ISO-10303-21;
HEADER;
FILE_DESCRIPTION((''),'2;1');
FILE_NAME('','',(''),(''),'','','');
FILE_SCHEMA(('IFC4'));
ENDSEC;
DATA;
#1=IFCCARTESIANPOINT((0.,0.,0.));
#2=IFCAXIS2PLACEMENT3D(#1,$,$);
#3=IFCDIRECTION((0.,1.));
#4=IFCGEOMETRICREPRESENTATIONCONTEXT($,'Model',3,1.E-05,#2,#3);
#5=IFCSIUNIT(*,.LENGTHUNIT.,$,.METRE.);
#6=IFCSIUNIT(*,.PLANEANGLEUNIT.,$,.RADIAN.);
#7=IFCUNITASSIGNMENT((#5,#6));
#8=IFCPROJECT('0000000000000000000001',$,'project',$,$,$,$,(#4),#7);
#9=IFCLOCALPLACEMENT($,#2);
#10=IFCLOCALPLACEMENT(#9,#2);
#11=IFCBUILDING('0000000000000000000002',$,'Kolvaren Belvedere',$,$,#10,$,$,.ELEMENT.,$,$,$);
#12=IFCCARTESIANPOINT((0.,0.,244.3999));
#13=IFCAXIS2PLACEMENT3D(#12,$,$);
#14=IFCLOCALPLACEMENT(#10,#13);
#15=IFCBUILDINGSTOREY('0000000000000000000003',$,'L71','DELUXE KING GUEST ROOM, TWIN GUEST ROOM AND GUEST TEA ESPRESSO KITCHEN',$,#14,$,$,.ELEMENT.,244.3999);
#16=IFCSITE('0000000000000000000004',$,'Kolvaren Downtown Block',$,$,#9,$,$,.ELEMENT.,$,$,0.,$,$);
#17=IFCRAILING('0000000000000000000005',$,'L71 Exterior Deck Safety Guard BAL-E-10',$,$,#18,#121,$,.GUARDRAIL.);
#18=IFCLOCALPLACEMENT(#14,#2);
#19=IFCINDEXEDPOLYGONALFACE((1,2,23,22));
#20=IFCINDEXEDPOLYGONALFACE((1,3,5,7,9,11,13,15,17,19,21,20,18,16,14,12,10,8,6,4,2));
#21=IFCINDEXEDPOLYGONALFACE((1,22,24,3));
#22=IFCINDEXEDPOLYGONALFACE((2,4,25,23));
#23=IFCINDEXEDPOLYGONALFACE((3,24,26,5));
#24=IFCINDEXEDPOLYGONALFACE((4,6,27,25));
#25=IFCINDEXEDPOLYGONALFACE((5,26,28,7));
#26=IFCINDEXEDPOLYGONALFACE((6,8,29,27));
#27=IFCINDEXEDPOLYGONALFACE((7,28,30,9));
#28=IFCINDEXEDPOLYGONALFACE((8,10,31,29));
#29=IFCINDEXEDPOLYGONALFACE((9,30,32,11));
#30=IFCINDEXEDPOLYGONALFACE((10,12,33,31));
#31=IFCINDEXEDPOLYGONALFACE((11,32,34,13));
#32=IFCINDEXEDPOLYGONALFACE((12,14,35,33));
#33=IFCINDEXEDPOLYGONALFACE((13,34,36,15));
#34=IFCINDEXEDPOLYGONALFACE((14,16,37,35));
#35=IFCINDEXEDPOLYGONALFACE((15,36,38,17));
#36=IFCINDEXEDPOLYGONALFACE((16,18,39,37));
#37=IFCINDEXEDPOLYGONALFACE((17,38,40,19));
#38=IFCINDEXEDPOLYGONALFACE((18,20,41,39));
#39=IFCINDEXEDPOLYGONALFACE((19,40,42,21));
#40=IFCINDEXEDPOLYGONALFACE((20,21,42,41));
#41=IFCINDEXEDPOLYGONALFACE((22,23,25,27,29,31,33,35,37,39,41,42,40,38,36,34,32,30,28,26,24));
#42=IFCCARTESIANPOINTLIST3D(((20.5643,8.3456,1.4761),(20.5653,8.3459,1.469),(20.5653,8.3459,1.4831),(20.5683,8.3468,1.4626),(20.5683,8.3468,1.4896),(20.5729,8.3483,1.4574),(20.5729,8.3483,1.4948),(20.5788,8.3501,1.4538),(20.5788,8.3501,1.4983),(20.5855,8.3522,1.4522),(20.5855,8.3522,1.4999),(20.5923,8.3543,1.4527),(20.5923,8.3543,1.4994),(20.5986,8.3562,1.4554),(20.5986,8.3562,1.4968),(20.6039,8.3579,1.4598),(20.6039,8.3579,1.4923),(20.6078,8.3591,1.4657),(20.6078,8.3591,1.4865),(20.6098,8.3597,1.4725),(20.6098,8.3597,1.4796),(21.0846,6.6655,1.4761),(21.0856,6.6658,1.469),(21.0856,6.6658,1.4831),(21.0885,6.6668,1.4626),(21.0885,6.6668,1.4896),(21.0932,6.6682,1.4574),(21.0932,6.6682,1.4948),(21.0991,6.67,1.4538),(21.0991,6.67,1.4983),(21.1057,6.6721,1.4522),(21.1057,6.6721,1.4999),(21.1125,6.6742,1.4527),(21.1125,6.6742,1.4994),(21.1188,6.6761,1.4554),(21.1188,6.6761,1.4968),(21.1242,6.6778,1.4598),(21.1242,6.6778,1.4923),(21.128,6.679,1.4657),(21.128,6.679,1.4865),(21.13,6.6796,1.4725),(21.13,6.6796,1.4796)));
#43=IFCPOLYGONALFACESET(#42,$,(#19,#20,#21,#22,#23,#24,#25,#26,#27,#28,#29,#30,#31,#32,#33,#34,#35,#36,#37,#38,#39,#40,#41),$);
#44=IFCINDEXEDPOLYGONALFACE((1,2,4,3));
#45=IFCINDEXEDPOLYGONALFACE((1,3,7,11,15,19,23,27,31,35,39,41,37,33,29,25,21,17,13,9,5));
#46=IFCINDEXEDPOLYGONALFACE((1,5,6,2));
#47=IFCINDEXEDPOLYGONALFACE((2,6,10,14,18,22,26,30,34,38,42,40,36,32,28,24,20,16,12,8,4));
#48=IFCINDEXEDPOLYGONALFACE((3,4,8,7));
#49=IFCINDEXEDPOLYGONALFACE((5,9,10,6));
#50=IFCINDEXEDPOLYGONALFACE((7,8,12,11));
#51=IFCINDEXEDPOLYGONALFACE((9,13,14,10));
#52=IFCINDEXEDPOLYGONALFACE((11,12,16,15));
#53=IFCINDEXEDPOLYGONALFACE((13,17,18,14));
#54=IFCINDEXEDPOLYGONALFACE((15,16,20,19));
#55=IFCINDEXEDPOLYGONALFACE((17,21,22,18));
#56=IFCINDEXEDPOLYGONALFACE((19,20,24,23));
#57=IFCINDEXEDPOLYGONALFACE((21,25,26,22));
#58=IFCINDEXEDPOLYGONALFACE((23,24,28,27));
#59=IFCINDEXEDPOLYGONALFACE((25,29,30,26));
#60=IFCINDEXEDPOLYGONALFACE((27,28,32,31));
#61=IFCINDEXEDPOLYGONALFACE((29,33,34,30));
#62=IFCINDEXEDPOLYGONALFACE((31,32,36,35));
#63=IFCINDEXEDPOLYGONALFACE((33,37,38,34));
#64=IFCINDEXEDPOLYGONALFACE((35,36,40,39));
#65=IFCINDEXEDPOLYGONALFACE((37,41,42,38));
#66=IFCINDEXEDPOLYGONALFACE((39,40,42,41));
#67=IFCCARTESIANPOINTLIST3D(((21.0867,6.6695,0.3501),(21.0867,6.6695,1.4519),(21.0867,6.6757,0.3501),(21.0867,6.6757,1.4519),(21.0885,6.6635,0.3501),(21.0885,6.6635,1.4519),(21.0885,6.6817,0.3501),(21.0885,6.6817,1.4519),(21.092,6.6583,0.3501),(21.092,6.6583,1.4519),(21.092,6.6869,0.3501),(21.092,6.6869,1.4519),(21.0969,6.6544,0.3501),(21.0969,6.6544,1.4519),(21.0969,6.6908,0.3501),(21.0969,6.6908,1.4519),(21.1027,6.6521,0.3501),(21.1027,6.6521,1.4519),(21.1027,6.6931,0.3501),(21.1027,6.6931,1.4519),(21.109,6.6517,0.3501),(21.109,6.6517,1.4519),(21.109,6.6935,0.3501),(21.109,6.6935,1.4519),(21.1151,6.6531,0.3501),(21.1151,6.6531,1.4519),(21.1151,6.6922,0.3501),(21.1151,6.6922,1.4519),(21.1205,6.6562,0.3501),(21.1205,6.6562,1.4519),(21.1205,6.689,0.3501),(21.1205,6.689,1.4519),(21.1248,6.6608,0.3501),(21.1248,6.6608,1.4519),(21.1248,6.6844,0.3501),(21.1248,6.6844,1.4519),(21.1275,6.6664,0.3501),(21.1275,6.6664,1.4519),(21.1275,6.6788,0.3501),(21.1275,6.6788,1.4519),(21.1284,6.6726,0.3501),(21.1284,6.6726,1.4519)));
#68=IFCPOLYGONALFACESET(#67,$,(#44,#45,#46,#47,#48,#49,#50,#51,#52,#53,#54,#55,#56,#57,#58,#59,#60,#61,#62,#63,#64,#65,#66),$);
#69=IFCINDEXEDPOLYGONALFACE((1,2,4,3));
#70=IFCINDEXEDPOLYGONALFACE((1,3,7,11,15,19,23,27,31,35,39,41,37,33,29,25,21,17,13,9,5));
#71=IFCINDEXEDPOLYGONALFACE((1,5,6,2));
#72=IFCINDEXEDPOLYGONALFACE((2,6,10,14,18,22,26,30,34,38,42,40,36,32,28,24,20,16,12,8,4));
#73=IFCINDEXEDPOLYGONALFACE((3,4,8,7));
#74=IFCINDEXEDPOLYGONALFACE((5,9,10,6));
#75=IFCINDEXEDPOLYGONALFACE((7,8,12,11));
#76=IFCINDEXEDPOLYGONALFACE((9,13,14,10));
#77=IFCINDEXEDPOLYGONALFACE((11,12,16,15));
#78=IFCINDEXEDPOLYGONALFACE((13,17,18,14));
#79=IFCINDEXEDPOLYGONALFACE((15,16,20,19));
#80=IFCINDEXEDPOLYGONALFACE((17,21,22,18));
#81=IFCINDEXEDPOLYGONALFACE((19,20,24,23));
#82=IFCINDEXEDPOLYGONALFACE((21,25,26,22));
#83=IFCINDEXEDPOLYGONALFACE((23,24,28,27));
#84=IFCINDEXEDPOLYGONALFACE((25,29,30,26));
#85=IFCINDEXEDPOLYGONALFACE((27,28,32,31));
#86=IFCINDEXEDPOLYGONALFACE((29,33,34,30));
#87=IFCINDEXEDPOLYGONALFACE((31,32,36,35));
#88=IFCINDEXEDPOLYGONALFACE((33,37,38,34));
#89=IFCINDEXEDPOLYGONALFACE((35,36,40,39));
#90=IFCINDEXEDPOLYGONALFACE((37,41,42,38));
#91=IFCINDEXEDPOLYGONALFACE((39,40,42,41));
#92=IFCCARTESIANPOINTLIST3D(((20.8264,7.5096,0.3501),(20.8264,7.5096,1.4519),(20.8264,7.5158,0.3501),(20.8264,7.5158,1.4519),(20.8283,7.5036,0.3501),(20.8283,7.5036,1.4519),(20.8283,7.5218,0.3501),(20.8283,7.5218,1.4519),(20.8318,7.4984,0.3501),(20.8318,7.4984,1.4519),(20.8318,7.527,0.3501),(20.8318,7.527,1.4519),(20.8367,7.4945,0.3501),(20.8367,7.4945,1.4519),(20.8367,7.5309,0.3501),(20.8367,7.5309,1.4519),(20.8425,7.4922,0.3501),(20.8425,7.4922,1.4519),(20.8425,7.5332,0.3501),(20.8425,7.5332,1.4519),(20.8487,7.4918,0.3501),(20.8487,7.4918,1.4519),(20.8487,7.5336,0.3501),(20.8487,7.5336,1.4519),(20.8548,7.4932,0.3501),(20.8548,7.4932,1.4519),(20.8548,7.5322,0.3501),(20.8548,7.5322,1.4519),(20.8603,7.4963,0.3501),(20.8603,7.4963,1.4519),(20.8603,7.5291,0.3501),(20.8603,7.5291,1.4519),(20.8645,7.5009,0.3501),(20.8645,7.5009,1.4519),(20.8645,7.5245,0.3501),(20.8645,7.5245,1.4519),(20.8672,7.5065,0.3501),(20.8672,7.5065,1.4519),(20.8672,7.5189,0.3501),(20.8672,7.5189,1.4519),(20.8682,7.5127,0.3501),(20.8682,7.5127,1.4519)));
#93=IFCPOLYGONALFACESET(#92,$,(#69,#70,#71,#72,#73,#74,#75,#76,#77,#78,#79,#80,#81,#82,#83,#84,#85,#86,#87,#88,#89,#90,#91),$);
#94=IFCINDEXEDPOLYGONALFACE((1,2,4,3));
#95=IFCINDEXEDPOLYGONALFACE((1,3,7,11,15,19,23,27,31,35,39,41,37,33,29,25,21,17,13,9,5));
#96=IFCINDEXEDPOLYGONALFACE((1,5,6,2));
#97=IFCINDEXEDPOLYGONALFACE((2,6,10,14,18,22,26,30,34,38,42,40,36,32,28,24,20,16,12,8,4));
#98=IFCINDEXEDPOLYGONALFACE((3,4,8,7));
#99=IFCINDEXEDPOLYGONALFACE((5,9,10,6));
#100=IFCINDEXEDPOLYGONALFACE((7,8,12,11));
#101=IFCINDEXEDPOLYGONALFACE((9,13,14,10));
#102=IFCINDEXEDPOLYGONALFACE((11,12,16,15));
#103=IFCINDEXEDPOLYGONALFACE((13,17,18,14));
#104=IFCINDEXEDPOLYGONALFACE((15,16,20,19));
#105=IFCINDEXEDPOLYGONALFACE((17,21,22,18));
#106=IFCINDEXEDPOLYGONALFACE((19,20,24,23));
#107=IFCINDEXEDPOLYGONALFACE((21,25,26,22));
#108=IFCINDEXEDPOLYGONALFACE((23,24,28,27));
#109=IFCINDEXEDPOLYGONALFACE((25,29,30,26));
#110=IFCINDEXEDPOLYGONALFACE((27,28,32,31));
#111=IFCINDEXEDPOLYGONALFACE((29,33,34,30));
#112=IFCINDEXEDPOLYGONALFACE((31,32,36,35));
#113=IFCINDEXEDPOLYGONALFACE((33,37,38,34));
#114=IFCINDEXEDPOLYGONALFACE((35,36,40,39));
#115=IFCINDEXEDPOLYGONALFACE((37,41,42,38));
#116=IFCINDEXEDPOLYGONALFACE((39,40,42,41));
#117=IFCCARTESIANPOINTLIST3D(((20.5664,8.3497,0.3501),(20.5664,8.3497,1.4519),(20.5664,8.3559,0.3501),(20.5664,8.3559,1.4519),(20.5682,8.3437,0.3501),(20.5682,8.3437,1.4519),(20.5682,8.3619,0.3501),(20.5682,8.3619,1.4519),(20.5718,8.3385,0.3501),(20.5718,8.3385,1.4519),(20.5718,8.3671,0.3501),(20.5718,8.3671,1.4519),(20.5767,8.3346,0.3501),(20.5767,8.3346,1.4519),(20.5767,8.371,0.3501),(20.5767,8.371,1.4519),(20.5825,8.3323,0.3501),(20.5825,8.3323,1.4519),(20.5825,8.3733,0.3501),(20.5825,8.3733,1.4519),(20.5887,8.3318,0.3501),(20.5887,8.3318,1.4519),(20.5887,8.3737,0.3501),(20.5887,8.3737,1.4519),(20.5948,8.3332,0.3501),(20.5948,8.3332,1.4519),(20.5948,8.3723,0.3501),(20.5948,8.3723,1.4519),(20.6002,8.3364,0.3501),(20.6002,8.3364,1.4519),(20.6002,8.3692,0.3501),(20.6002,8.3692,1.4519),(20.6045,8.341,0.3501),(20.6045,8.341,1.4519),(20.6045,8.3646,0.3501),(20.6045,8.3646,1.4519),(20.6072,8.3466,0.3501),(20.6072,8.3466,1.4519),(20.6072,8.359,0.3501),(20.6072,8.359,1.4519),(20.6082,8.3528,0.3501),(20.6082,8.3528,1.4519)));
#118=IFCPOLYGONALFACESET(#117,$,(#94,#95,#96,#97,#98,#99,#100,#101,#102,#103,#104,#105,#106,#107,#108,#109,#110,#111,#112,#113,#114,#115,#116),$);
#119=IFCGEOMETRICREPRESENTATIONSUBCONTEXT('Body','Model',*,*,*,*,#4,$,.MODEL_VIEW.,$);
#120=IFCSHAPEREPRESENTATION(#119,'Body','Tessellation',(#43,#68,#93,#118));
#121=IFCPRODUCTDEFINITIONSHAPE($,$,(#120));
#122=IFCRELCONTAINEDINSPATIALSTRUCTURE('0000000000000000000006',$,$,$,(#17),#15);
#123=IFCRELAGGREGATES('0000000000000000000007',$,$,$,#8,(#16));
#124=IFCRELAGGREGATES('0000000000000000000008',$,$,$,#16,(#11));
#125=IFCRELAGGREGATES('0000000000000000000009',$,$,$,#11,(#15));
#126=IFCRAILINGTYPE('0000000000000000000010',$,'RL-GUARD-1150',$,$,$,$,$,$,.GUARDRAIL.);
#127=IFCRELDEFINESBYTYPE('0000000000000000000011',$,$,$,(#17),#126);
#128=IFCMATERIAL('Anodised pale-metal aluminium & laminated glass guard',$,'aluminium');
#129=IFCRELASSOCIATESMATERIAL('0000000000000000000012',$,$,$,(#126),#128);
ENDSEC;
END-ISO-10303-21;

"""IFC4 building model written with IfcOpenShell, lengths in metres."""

from ifc_helpers import new_model, si_unit, direction, frame, origin, origin_2d, place, context, subcontext, project, spatial, circle, extrude, material, type_object, element, save


model = new_model("IFC4")

# Units and contexts
model_context = context("Model", 3, precision=1e-05, world=origin(), true_north=direction((0.0, 1.0)))
body_context = subcontext(model_context, "Body", "Model", "MODEL_VIEW")
ifc_project = project(units=[si_unit("LENGTHUNIT", "METRE"), si_unit("PLANEANGLEUNIT", "RADIAN")], contexts=[model_context])

# Site, building, storey
site_placement = place(None, origin())
site = spatial("IfcSite", under=ifc_project, at=site_placement, Name="Kolvaren Downtown Block", CompositionType="ELEMENT", RefElevation=0.0)
building_placement = place(site_placement, origin())
building = spatial("IfcBuilding", under=site, at=building_placement, Name="Kolvaren Belvedere", CompositionType="ELEMENT")
storey_placement = place(building_placement, frame((0.0, 0.0, 244.3999)))
storey = spatial("IfcBuildingStorey", under=building, at=storey_placement, Name="L71", Description="DELUXE KING GUEST ROOM, TWIN GUEST ROOM AND GUEST TEA ESPRESSO KITCHEN", CompositionType="ELEMENT", Elevation=244.3999)

# Railing
ifc_material_1 = material(Name="Anodised pale-metal aluminium & laminated glass guard", Category="aluminium")
railing_type = type_object("IfcRailingType", Name="RL-GUARD-1150", PredefinedType="GUARDRAIL", material=ifc_material_1)
railing_1_placement = place(storey_placement, frame((21.1074, 6.6726, 0.3501)))
element("IfcRailing", 1, at=railing_1_placement, inside=storey, type_object=railing_type, Name="L71 Exterior Deck Safety Guard BAL-E-10", PredefinedType="GUARDRAIL", context=body_context, shape_type="SweptSolid", body=[
    extrude(circle(Radius=0.0239, at=origin_2d()), frame((0.0, 0.0, 1.126), z_axis=(-0.295792, 0.955252, 0.0), x_axis=(-0.955252, -0.295792, 0.0)), (0.0, 0.0, 1.0), 1.7588),
    extrude(circle(Radius=0.021, at=origin_2d()), origin(), (0.0, 0.0, 1.0), 1.1018),
    extrude(circle(Radius=0.021, at=origin_2d()), frame((-0.2603, 0.8401, 0.0)), (0.0, 0.0, 1.0), 1.1018),
    extrude(circle(Radius=0.021, at=origin_2d()), frame((-0.5203, 1.6802, 0.0)), (0.0, 0.0, 1.0), 1.1018),
])

save(model, "model.ifc")
